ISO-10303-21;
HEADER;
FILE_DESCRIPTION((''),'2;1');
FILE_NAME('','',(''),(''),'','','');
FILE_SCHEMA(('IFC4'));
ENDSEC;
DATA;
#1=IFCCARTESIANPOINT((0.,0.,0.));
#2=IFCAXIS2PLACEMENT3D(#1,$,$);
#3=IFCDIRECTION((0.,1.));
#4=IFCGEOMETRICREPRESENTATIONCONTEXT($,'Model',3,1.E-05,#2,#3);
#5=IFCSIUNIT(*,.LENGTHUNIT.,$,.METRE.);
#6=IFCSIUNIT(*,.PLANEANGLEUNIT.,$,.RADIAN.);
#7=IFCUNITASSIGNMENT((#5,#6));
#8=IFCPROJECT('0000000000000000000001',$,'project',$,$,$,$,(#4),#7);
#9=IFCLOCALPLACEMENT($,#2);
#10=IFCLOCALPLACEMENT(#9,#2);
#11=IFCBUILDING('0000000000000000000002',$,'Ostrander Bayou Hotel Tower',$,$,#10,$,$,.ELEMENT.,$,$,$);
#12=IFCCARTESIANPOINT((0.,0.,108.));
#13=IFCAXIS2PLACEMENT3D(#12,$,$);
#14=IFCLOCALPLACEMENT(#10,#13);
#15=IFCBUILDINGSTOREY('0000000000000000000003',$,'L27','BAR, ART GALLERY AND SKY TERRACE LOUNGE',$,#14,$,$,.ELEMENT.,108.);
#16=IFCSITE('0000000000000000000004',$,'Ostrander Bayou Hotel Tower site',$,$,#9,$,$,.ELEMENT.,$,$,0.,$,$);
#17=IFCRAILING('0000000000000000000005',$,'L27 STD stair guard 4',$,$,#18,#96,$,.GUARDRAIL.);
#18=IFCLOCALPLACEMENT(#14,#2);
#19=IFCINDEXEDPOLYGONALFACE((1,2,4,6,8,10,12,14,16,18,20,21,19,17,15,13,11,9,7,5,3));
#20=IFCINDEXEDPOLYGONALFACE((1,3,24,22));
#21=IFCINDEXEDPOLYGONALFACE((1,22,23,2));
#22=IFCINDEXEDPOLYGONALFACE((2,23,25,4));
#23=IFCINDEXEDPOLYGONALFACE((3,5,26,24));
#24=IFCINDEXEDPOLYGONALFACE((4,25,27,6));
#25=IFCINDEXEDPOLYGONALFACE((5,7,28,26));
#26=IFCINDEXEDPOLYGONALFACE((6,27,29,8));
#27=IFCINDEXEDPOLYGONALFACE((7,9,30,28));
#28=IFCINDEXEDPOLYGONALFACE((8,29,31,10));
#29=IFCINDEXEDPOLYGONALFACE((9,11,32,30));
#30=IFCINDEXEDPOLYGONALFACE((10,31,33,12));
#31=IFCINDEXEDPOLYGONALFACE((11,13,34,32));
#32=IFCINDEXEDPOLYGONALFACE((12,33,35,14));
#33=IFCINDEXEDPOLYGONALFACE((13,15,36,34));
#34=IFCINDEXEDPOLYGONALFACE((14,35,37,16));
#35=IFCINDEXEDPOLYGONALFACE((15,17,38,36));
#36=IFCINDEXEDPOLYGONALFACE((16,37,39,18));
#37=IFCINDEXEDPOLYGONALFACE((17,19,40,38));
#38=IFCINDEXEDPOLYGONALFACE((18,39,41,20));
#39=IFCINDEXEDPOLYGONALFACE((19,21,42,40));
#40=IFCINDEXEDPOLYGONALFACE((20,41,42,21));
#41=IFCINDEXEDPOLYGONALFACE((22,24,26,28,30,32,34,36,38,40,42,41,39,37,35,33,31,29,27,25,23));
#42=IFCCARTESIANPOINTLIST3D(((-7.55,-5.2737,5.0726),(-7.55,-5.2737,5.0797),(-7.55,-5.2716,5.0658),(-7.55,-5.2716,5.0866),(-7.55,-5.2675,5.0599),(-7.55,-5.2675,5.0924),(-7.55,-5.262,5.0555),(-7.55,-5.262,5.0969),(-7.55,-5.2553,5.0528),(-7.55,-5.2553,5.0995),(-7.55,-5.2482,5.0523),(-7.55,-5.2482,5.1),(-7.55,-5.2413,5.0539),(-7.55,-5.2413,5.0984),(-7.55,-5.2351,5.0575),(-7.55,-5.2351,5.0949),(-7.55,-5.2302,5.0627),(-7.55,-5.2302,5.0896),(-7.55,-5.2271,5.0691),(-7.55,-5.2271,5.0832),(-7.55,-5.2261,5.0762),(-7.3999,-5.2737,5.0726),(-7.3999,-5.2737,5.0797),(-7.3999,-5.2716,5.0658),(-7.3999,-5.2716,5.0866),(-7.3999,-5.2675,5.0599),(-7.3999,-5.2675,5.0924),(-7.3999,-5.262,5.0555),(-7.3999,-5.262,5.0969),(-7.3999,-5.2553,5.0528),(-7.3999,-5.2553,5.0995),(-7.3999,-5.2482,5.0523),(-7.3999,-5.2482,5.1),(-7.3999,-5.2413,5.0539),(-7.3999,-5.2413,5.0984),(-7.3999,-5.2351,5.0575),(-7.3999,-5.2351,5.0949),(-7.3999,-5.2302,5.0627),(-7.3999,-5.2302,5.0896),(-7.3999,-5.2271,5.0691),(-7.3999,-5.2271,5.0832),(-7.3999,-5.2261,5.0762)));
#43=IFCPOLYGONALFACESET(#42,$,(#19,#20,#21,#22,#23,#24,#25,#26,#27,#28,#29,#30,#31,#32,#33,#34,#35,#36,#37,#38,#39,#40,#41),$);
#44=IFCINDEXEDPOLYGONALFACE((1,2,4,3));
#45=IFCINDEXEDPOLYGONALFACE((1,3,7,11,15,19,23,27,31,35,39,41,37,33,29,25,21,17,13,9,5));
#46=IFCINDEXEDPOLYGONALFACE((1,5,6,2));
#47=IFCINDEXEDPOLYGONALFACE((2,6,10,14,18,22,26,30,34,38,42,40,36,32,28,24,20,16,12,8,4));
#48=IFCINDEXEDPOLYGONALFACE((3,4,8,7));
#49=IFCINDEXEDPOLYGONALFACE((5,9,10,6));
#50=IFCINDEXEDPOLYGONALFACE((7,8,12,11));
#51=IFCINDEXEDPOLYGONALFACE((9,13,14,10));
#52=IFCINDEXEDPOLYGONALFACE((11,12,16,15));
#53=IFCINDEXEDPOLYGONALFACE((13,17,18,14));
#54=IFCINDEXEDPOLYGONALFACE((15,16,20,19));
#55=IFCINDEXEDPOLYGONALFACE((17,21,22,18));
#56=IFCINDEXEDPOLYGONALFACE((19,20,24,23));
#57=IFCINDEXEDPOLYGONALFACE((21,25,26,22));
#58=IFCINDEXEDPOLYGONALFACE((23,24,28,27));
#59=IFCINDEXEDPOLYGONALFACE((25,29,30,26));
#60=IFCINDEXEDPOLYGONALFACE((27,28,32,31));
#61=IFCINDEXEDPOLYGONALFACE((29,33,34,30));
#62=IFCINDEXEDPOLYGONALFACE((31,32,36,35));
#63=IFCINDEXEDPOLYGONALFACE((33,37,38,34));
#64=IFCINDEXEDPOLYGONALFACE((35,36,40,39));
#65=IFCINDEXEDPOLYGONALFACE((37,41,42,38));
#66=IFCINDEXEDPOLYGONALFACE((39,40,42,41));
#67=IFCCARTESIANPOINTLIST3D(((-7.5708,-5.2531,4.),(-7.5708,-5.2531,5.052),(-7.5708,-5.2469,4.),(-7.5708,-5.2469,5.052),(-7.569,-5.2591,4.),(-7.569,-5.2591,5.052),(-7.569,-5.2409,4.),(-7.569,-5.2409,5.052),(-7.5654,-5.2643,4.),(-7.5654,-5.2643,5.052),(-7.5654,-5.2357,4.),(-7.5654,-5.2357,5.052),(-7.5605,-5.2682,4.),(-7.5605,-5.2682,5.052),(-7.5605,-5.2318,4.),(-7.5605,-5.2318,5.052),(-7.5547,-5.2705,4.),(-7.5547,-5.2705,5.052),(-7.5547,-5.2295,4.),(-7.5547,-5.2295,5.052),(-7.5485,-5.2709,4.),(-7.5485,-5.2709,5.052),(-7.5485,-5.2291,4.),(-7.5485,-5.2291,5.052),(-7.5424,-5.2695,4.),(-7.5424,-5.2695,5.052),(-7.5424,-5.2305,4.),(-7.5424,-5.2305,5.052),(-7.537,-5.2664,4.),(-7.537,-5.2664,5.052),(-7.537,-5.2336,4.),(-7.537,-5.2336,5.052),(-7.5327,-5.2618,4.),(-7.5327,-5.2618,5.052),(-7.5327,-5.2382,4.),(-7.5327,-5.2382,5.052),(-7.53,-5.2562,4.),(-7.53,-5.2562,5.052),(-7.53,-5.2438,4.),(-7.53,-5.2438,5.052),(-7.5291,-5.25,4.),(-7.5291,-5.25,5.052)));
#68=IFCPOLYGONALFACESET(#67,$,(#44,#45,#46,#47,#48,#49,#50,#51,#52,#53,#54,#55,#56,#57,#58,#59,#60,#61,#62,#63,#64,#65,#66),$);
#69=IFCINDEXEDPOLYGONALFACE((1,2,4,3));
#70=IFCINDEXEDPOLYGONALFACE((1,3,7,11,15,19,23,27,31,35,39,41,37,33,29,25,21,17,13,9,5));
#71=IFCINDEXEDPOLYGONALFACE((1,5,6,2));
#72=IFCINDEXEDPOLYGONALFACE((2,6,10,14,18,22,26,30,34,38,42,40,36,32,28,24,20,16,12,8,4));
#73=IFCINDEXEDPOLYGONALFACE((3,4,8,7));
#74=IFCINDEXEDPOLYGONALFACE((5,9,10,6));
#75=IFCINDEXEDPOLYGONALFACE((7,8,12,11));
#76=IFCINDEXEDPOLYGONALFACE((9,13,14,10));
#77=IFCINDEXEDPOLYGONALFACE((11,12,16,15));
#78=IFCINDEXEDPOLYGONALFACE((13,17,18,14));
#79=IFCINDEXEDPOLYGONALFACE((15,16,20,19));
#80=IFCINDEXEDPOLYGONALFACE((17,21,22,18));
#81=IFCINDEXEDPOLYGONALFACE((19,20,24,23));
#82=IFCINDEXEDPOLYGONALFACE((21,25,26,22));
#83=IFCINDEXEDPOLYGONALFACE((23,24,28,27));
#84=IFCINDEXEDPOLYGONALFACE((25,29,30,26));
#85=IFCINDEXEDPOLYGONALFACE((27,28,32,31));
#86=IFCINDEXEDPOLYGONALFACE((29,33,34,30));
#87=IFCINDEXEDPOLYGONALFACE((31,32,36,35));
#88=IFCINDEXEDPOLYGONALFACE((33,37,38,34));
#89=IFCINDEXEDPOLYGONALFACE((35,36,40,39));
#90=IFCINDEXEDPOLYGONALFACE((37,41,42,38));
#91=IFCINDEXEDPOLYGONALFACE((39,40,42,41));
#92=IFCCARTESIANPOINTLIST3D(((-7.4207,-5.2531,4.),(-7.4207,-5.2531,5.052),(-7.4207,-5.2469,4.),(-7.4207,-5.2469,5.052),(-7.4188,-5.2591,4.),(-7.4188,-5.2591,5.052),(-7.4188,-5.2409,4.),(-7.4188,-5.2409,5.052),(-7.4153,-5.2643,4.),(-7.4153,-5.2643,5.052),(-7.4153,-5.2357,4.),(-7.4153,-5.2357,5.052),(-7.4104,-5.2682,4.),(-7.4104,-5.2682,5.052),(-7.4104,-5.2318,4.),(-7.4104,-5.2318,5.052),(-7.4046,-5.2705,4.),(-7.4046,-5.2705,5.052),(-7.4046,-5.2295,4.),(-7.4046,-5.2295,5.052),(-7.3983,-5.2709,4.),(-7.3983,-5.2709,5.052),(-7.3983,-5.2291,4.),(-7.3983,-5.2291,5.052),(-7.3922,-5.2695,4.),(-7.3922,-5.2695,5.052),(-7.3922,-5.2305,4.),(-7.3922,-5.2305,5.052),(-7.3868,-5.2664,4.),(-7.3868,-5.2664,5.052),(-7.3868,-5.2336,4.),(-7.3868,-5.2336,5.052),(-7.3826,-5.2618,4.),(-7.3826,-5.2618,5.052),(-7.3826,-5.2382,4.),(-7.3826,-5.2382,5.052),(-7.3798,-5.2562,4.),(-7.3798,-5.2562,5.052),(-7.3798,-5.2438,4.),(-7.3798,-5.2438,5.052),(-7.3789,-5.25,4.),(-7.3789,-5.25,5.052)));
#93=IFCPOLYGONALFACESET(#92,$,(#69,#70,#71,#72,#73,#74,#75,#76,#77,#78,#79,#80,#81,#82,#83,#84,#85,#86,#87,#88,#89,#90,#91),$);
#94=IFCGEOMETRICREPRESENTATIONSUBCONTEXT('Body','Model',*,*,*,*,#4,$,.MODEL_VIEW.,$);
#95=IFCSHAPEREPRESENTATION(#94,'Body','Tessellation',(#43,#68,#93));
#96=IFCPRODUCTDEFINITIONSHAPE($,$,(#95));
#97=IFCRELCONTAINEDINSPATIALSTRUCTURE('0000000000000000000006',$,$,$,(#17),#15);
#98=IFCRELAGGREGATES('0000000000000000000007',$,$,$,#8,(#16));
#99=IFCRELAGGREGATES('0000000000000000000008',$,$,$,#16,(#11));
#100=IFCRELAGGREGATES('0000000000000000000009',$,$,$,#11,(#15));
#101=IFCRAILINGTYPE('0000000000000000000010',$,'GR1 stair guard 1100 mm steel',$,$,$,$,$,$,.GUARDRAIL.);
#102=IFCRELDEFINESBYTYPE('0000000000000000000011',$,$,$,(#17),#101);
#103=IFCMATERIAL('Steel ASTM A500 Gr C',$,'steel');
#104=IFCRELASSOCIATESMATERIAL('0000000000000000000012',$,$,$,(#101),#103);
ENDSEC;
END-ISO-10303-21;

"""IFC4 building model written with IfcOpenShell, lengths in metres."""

from ifc_helpers import new_model, si_unit, direction, frame, origin, origin_2d, place, context, subcontext, project, spatial, circle, extrude, material, type_object, element, save


model = new_model("IFC4")

# Units and contexts
model_context = context("Model", 3, precision=1e-05, world=origin(), true_north=direction((0.0, 1.0)))
body_context = subcontext(model_context, "Body", "Model", "MODEL_VIEW")
ifc_project = project(units=[si_unit("LENGTHUNIT", "METRE"), si_unit("PLANEANGLEUNIT", "RADIAN")], contexts=[model_context])

# Site, building, storey
site_placement = place(None, origin())
site = spatial("IfcSite", under=ifc_project, at=site_placement, Name="Ostrander Bayou Hotel Tower site", CompositionType="ELEMENT", RefElevation=0.0)
building_placement = place(site_placement, origin())
building = spatial("IfcBuilding", under=site, at=building_placement, Name="Ostrander Bayou Hotel Tower", CompositionType="ELEMENT")
storey_placement = place(building_placement, frame((0.0, 0.0, 108.0)))
storey = spatial("IfcBuildingStorey", under=building, at=storey_placement, Name="L27", Description="BAR, ART GALLERY AND SKY TERRACE LOUNGE", CompositionType="ELEMENT", Elevation=108.0)

# Railing
ifc_material_1 = material(Name="Steel ASTM A500 Gr C", Category="steel")
railing_type_1 = type_object("IfcRailingType", Name="GR1 stair guard 1100 mm steel", PredefinedType="GUARDRAIL", material=ifc_material_1)
railing_1_placement = place(storey_placement, frame((-7.55, -5.25, 4.0)))
element("IfcRailing", 1, at=railing_1_placement, inside=storey, type_object=railing_type_1, Name="L27 STD stair guard 4", PredefinedType="GUARDRAIL", context=body_context, shape_type="SweptSolid", body=[
    extrude(circle(Radius=0.0239, at=origin_2d()), frame((0.0, 0.0, 1.0762), z_axis=(1.0, 0.0, 0.0), x_axis=(0.0, 1.0, 0.0)), (0.0, 0.0, 1.0), 0.1501),
    extrude(circle(Radius=0.021, at=origin_2d()), origin(), (0.0, 0.0, 1.0), 1.052),
    extrude(circle(Radius=0.021, at=origin_2d()), frame((0.1501, 0.0, 0.0)), (0.0, 0.0, 1.0), 1.052),
])

save(model, "model.ifc")
